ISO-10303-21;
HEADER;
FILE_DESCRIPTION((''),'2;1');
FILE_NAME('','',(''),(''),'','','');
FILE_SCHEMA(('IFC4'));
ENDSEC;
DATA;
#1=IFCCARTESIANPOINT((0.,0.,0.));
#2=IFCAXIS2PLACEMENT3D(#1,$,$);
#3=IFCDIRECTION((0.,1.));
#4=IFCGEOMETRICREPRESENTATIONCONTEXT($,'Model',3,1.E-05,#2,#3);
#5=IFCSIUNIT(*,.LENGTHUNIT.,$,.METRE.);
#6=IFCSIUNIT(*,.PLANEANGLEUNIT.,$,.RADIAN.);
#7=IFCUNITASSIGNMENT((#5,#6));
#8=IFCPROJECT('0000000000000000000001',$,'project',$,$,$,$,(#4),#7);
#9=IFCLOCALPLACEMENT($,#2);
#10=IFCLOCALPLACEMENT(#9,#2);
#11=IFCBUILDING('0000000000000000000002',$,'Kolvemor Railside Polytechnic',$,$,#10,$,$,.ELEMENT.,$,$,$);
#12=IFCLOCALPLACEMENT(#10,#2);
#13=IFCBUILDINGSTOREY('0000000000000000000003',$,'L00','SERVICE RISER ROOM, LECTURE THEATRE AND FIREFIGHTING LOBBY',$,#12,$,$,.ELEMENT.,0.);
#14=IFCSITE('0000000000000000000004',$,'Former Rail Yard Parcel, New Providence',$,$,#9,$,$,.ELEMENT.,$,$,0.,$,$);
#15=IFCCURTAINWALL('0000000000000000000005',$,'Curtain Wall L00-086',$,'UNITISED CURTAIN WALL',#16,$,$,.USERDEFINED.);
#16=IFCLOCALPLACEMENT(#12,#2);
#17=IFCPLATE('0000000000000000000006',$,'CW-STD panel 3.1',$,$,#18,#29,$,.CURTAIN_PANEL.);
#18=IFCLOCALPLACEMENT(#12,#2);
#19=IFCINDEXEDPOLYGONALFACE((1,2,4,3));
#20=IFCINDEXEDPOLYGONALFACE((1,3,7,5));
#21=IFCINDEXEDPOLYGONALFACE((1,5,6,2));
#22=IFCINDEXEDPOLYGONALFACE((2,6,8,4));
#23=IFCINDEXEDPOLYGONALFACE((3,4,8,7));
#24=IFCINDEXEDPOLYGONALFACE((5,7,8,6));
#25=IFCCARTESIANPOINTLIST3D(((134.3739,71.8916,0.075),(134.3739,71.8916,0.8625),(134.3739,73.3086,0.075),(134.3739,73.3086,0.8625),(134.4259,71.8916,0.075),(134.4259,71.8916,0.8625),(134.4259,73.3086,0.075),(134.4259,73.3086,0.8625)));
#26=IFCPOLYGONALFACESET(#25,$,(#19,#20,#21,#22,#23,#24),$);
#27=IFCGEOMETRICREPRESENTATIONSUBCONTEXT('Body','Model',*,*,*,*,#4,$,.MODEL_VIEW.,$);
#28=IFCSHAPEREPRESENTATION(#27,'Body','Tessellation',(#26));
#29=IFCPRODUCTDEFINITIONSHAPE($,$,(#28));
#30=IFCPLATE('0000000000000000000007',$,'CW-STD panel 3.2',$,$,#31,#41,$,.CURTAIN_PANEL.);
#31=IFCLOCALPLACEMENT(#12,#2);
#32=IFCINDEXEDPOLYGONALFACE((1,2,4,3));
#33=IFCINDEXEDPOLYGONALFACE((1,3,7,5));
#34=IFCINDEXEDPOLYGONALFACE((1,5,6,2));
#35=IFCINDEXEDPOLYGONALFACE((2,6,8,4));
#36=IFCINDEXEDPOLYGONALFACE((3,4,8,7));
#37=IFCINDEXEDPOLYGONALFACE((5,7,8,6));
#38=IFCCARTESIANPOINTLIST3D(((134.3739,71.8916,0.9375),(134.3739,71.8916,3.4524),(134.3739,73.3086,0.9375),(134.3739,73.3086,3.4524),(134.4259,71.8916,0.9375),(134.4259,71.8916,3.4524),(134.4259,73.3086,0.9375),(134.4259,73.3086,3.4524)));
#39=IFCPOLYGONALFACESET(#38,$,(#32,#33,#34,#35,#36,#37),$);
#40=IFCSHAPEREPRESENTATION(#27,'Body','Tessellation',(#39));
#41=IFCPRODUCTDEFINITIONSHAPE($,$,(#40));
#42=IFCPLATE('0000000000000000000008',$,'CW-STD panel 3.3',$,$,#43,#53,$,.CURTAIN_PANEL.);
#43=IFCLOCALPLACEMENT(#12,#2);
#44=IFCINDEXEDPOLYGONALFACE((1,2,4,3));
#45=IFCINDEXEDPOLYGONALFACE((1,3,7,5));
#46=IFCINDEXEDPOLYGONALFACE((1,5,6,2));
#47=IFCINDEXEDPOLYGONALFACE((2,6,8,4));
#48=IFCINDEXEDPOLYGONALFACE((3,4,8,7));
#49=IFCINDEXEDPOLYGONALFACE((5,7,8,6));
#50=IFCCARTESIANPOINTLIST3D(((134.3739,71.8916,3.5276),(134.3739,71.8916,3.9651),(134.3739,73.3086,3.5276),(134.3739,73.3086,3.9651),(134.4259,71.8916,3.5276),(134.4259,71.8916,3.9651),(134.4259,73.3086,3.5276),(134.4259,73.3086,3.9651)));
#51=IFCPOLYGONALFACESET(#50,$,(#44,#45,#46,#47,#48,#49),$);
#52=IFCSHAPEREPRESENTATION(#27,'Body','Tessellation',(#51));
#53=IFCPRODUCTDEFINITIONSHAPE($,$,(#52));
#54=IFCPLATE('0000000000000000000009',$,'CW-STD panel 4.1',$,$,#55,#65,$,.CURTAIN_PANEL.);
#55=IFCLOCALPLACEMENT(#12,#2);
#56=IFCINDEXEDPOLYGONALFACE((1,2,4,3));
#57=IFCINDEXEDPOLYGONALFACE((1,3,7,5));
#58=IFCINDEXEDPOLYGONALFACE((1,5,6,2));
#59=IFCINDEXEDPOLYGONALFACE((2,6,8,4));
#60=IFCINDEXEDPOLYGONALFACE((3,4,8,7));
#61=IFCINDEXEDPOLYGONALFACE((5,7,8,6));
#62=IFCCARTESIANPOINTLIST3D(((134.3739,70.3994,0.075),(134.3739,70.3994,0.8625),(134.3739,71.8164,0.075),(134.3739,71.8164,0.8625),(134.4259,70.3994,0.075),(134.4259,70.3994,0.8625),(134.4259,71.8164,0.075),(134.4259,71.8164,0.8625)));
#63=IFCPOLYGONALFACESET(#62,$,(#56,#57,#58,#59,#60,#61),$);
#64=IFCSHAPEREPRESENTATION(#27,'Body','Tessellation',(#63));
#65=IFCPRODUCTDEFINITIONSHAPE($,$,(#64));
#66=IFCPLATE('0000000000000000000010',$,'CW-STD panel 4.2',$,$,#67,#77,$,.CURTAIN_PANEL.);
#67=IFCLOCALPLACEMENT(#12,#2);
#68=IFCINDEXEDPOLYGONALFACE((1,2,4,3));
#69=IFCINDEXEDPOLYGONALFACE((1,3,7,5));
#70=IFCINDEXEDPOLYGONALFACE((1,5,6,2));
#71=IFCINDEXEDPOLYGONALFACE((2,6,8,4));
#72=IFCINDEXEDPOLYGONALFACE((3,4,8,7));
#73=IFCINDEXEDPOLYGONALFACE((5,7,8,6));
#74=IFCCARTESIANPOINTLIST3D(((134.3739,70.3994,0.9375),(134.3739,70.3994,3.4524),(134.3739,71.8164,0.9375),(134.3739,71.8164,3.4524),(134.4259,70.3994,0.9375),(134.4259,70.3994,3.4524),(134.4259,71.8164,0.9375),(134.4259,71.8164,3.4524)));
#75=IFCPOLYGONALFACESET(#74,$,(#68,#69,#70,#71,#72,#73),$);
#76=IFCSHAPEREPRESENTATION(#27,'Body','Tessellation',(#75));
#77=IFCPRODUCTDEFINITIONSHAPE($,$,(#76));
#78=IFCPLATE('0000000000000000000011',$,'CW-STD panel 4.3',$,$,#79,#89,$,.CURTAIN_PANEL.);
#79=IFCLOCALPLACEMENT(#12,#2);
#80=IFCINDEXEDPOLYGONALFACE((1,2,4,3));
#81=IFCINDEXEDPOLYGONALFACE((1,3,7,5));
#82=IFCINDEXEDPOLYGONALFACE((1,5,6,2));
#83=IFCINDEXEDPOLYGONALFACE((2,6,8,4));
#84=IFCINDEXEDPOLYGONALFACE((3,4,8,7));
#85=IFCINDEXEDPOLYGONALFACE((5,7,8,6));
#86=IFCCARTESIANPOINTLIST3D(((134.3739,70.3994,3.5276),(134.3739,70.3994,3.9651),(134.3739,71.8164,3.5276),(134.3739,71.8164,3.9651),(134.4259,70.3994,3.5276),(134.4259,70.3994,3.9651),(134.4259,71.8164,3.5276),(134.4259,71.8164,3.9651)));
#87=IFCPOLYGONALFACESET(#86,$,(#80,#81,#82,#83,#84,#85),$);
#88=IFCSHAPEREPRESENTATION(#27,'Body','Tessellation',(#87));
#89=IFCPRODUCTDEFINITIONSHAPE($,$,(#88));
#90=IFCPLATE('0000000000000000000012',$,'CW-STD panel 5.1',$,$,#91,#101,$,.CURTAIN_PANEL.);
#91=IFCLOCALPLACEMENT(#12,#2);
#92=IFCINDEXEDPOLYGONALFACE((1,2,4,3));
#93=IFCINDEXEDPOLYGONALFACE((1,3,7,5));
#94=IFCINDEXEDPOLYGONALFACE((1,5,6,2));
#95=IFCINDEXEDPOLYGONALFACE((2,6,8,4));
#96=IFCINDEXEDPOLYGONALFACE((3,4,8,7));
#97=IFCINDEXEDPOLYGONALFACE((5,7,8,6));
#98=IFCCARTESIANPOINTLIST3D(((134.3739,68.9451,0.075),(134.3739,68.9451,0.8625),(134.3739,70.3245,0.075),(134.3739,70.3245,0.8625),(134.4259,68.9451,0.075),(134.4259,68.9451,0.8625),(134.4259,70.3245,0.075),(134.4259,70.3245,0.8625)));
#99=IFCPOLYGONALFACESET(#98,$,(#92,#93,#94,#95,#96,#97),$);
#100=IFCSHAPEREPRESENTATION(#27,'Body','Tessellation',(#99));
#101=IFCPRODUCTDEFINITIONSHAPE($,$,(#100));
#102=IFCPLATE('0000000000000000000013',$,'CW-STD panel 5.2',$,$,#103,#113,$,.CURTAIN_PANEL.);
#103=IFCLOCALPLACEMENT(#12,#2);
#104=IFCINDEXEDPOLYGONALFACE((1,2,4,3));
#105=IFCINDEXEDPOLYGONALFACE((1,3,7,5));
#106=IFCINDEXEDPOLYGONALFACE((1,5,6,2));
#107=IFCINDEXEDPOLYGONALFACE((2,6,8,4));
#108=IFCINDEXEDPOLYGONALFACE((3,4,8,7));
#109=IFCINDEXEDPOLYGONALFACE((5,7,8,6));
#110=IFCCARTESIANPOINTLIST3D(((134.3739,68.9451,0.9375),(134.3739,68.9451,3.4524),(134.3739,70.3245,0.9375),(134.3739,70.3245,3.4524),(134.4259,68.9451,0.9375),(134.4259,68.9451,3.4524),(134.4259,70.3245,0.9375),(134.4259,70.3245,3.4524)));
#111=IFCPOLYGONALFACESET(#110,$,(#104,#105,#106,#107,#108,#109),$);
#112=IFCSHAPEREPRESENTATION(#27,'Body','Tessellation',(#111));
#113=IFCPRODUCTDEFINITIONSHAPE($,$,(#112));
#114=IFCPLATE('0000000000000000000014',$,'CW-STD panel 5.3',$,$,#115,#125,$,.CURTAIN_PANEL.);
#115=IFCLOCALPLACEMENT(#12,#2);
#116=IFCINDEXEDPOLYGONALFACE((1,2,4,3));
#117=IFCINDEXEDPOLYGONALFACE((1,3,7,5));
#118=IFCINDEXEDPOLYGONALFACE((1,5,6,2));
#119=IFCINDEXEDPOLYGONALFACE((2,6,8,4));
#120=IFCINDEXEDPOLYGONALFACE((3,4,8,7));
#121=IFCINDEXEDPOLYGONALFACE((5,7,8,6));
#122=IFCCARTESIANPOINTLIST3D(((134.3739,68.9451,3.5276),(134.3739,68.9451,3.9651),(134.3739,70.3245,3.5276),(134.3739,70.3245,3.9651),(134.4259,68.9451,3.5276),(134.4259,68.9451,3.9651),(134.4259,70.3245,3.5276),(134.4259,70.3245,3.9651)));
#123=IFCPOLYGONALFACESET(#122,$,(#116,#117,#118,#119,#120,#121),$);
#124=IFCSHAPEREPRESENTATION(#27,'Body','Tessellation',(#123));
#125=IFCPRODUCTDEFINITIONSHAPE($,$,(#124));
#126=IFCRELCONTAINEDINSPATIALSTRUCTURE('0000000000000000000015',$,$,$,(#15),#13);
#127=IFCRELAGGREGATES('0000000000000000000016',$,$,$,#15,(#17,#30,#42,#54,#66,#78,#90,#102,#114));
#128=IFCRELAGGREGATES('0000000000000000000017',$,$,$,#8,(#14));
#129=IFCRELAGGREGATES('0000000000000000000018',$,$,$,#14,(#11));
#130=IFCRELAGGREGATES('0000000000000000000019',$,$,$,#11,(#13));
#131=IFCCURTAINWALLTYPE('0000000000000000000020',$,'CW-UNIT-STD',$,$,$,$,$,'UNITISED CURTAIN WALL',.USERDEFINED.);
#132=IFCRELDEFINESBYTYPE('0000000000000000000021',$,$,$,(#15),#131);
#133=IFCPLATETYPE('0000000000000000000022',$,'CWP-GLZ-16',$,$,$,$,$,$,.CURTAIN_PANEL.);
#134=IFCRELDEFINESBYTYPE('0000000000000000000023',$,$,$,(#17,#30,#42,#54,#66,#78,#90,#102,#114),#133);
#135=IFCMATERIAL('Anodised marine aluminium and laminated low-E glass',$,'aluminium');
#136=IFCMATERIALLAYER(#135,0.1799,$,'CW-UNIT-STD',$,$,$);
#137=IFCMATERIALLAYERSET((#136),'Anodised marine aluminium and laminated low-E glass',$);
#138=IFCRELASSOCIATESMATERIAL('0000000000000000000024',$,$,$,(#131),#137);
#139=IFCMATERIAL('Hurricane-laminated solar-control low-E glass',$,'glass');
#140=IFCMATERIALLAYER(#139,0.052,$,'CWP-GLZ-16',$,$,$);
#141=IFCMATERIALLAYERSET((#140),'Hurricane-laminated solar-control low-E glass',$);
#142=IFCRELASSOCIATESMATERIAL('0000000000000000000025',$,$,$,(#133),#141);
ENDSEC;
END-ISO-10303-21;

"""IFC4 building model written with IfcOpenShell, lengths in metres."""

from ifc_helpers import new_model, si_unit, direction, frame, origin, origin_2d, place, context, subcontext, project, spatial, rectangle, extrude, material, layer, layer_set, type_object, element, aggregate, save


model = new_model("IFC4")

# Units and contexts
model_context = context("Model", 3, precision=1e-05, world=origin(), true_north=direction((0.0, 1.0)))
body_context = subcontext(model_context, "Body", "Model", "MODEL_VIEW")
ifc_project = project(units=[si_unit("LENGTHUNIT", "METRE"), si_unit("PLANEANGLEUNIT", "RADIAN")], contexts=[model_context])

# Site, building, storey
site_placement = place(None, origin())
site = spatial("IfcSite", under=ifc_project, at=site_placement, Name="Former Rail Yard Parcel, New Providence", CompositionType="ELEMENT", RefElevation=0.0)
building_placement = place(site_placement, origin())
building = spatial("IfcBuilding", under=site, at=building_placement, Name="Kolvemor Railside Polytechnic", CompositionType="ELEMENT")
storey_placement = place(building_placement, origin())
storey = spatial("IfcBuildingStorey", under=building, at=storey_placement, Name="L00", Description="SERVICE RISER ROOM, LECTURE THEATRE AND FIREFIGHTING LOBBY", CompositionType="ELEMENT", Elevation=0.0)

# Shared definitions
ifc_material_1 = material(Name="Anodised marine aluminium and laminated low-E glass", Category="aluminium")
ifc_layer_1 = layer(ifc_material_1, 0.1799, Name="CW-UNIT-STD")
ifc_layer_set_1 = layer_set([ifc_layer_1], Name="Anodised marine aluminium and laminated low-E glass")
curtain_wall_type = type_object("IfcCurtainWallType", Name="CW-UNIT-STD", ElementType="UNITISED CURTAIN WALL", PredefinedType="USERDEFINED", material=ifc_layer_set_1)

# Curtain wall
curtain_wall_1_placement = place(storey_placement, origin())
curtain_wall_1 = element("IfcCurtainWall", 1, at=curtain_wall_1_placement, inside=storey, type_object=curtain_wall_type, Name="Curtain Wall L00-086", ObjectType="UNITISED CURTAIN WALL", PredefinedType="USERDEFINED")

# Plates
ifc_material_2 = material(Name="Hurricane-laminated solar-control low-E glass", Category="glass")
ifc_layer_2 = layer(ifc_material_2, 0.052, Name="CWP-GLZ-16")
ifc_layer_set_2 = layer_set([ifc_layer_2], Name="Hurricane-laminated solar-control low-E glass")
plate_type_1 = type_object("IfcPlateType", Name="CWP-GLZ-16", PredefinedType="CURTAIN_PANEL", material=ifc_layer_set_2)
plate_1_placement = place(storey_placement, frame((134.3999, 72.6001, 0.075), z_axis=(0.0, 0.0, 1.0), x_axis=(0.0, -1.0, 0.0)))
plate_1 = element("IfcPlate", 2, at=plate_1_placement, type_object=plate_type_1, Name="CW-STD panel 3.1", PredefinedType="CURTAIN_PANEL", context=body_context, shape_type="SweptSolid", body=[
    extrude(rectangle(XDim=1.417, YDim=0.052, at=origin_2d()), origin(), (0.0, 0.0, 1.0), 0.7876),
])
plate_2_placement = place(storey_placement, frame((134.3999, 72.6001, 0.9375), z_axis=(0.0, 0.0, 1.0), x_axis=(0.0, -1.0, 0.0)))
plate_2 = element("IfcPlate", 3, at=plate_2_placement, type_object=plate_type_1, Name="CW-STD panel 3.2", PredefinedType="CURTAIN_PANEL", context=body_context, shape_type="SweptSolid", body=[
    extrude(rectangle(XDim=1.417, YDim=0.052, at=origin_2d()), origin(), (0.0, 0.0, 1.0), 2.5149),
])
plate_3_placement = place(storey_placement, frame((134.3999, 72.6001, 3.5276), z_axis=(0.0, 0.0, 1.0), x_axis=(0.0, -1.0, 0.0)))
plate_3 = element("IfcPlate", 4, at=plate_3_placement, type_object=plate_type_1, Name="CW-STD panel 3.3", PredefinedType="CURTAIN_PANEL", context=body_context, shape_type="SweptSolid", body=[
    extrude(rectangle(XDim=1.417, YDim=0.052, at=origin_2d()), origin(), (0.0, 0.0, 1.0), 0.4375),
])
plate_4_placement = place(storey_placement, frame((134.3999, 71.1079, 0.075), z_axis=(0.0, 0.0, 1.0), x_axis=(0.0, -1.0, 0.0)))
plate_4 = element("IfcPlate", 5, at=plate_4_placement, type_object=plate_type_1, Name="CW-STD panel 4.1", PredefinedType="CURTAIN_PANEL", context=body_context, shape_type="SweptSolid", body=[
    extrude(rectangle(XDim=1.417, YDim=0.052, at=origin_2d()), origin(), (0.0, 0.0, 1.0), 0.7876),
])
plate_5_placement = place(storey_placement, frame((134.3999, 71.1079, 0.9375), z_axis=(0.0, 0.0, 1.0), x_axis=(0.0, -1.0, 0.0)))
plate_5 = element("IfcPlate", 6, at=plate_5_placement, type_object=plate_type_1, Name="CW-STD panel 4.2", PredefinedType="CURTAIN_PANEL", context=body_context, shape_type="SweptSolid", body=[
    extrude(rectangle(XDim=1.417, YDim=0.052, at=origin_2d()), origin(), (0.0, 0.0, 1.0), 2.5149),
])
plate_6_placement = place(storey_placement, frame((134.3999, 71.1079, 3.5276), z_axis=(0.0, 0.0, 1.0), x_axis=(0.0, -1.0, 0.0)))
plate_6 = element("IfcPlate", 7, at=plate_6_placement, type_object=plate_type_1, Name="CW-STD panel 4.3", PredefinedType="CURTAIN_PANEL", context=body_context, shape_type="SweptSolid", body=[
    extrude(rectangle(XDim=1.417, YDim=0.052, at=origin_2d()), origin(), (0.0, 0.0, 1.0), 0.4375),
])
plate_7_placement = place(storey_placement, frame((134.3999, 69.6348, 0.075), z_axis=(0.0, 0.0, 1.0), x_axis=(0.0, -1.0, 0.0)))
plate_7 = element("IfcPlate", 8, at=plate_7_placement, type_object=plate_type_1, Name="CW-STD panel 5.1", PredefinedType="CURTAIN_PANEL", context=body_context, shape_type="SweptSolid", body=[
    extrude(rectangle(XDim=1.3794, YDim=0.052, at=origin_2d()), origin(), (0.0, 0.0, 1.0), 0.7876),
])
plate_8_placement = place(storey_placement, frame((134.3999, 69.6348, 0.9375), z_axis=(0.0, 0.0, 1.0), x_axis=(0.0, -1.0, 0.0)))
plate_8 = element("IfcPlate", 9, at=plate_8_placement, type_object=plate_type_1, Name="CW-STD panel 5.2", PredefinedType="CURTAIN_PANEL", context=body_context, shape_type="SweptSolid", body=[
    extrude(rectangle(XDim=1.3794, YDim=0.052, at=origin_2d()), origin(), (0.0, 0.0, 1.0), 2.5149),
])
plate_9_placement = place(storey_placement, frame((134.3999, 69.6348, 3.5276), z_axis=(0.0, 0.0, 1.0), x_axis=(0.0, -1.0, 0.0)))
plate_9 = element("IfcPlate", 10, at=plate_9_placement, type_object=plate_type_1, Name="CW-STD panel 5.3", PredefinedType="CURTAIN_PANEL", context=body_context, shape_type="SweptSolid", body=[
    extrude(rectangle(XDim=1.3794, YDim=0.052, at=origin_2d()), origin(), (0.0, 0.0, 1.0), 0.4375),
])
aggregate(curtain_wall_1, [plate_1, plate_2, plate_3, plate_4, plate_5, plate_6, plate_7, plate_8, plate_9])

save(model, "model.ifc")
